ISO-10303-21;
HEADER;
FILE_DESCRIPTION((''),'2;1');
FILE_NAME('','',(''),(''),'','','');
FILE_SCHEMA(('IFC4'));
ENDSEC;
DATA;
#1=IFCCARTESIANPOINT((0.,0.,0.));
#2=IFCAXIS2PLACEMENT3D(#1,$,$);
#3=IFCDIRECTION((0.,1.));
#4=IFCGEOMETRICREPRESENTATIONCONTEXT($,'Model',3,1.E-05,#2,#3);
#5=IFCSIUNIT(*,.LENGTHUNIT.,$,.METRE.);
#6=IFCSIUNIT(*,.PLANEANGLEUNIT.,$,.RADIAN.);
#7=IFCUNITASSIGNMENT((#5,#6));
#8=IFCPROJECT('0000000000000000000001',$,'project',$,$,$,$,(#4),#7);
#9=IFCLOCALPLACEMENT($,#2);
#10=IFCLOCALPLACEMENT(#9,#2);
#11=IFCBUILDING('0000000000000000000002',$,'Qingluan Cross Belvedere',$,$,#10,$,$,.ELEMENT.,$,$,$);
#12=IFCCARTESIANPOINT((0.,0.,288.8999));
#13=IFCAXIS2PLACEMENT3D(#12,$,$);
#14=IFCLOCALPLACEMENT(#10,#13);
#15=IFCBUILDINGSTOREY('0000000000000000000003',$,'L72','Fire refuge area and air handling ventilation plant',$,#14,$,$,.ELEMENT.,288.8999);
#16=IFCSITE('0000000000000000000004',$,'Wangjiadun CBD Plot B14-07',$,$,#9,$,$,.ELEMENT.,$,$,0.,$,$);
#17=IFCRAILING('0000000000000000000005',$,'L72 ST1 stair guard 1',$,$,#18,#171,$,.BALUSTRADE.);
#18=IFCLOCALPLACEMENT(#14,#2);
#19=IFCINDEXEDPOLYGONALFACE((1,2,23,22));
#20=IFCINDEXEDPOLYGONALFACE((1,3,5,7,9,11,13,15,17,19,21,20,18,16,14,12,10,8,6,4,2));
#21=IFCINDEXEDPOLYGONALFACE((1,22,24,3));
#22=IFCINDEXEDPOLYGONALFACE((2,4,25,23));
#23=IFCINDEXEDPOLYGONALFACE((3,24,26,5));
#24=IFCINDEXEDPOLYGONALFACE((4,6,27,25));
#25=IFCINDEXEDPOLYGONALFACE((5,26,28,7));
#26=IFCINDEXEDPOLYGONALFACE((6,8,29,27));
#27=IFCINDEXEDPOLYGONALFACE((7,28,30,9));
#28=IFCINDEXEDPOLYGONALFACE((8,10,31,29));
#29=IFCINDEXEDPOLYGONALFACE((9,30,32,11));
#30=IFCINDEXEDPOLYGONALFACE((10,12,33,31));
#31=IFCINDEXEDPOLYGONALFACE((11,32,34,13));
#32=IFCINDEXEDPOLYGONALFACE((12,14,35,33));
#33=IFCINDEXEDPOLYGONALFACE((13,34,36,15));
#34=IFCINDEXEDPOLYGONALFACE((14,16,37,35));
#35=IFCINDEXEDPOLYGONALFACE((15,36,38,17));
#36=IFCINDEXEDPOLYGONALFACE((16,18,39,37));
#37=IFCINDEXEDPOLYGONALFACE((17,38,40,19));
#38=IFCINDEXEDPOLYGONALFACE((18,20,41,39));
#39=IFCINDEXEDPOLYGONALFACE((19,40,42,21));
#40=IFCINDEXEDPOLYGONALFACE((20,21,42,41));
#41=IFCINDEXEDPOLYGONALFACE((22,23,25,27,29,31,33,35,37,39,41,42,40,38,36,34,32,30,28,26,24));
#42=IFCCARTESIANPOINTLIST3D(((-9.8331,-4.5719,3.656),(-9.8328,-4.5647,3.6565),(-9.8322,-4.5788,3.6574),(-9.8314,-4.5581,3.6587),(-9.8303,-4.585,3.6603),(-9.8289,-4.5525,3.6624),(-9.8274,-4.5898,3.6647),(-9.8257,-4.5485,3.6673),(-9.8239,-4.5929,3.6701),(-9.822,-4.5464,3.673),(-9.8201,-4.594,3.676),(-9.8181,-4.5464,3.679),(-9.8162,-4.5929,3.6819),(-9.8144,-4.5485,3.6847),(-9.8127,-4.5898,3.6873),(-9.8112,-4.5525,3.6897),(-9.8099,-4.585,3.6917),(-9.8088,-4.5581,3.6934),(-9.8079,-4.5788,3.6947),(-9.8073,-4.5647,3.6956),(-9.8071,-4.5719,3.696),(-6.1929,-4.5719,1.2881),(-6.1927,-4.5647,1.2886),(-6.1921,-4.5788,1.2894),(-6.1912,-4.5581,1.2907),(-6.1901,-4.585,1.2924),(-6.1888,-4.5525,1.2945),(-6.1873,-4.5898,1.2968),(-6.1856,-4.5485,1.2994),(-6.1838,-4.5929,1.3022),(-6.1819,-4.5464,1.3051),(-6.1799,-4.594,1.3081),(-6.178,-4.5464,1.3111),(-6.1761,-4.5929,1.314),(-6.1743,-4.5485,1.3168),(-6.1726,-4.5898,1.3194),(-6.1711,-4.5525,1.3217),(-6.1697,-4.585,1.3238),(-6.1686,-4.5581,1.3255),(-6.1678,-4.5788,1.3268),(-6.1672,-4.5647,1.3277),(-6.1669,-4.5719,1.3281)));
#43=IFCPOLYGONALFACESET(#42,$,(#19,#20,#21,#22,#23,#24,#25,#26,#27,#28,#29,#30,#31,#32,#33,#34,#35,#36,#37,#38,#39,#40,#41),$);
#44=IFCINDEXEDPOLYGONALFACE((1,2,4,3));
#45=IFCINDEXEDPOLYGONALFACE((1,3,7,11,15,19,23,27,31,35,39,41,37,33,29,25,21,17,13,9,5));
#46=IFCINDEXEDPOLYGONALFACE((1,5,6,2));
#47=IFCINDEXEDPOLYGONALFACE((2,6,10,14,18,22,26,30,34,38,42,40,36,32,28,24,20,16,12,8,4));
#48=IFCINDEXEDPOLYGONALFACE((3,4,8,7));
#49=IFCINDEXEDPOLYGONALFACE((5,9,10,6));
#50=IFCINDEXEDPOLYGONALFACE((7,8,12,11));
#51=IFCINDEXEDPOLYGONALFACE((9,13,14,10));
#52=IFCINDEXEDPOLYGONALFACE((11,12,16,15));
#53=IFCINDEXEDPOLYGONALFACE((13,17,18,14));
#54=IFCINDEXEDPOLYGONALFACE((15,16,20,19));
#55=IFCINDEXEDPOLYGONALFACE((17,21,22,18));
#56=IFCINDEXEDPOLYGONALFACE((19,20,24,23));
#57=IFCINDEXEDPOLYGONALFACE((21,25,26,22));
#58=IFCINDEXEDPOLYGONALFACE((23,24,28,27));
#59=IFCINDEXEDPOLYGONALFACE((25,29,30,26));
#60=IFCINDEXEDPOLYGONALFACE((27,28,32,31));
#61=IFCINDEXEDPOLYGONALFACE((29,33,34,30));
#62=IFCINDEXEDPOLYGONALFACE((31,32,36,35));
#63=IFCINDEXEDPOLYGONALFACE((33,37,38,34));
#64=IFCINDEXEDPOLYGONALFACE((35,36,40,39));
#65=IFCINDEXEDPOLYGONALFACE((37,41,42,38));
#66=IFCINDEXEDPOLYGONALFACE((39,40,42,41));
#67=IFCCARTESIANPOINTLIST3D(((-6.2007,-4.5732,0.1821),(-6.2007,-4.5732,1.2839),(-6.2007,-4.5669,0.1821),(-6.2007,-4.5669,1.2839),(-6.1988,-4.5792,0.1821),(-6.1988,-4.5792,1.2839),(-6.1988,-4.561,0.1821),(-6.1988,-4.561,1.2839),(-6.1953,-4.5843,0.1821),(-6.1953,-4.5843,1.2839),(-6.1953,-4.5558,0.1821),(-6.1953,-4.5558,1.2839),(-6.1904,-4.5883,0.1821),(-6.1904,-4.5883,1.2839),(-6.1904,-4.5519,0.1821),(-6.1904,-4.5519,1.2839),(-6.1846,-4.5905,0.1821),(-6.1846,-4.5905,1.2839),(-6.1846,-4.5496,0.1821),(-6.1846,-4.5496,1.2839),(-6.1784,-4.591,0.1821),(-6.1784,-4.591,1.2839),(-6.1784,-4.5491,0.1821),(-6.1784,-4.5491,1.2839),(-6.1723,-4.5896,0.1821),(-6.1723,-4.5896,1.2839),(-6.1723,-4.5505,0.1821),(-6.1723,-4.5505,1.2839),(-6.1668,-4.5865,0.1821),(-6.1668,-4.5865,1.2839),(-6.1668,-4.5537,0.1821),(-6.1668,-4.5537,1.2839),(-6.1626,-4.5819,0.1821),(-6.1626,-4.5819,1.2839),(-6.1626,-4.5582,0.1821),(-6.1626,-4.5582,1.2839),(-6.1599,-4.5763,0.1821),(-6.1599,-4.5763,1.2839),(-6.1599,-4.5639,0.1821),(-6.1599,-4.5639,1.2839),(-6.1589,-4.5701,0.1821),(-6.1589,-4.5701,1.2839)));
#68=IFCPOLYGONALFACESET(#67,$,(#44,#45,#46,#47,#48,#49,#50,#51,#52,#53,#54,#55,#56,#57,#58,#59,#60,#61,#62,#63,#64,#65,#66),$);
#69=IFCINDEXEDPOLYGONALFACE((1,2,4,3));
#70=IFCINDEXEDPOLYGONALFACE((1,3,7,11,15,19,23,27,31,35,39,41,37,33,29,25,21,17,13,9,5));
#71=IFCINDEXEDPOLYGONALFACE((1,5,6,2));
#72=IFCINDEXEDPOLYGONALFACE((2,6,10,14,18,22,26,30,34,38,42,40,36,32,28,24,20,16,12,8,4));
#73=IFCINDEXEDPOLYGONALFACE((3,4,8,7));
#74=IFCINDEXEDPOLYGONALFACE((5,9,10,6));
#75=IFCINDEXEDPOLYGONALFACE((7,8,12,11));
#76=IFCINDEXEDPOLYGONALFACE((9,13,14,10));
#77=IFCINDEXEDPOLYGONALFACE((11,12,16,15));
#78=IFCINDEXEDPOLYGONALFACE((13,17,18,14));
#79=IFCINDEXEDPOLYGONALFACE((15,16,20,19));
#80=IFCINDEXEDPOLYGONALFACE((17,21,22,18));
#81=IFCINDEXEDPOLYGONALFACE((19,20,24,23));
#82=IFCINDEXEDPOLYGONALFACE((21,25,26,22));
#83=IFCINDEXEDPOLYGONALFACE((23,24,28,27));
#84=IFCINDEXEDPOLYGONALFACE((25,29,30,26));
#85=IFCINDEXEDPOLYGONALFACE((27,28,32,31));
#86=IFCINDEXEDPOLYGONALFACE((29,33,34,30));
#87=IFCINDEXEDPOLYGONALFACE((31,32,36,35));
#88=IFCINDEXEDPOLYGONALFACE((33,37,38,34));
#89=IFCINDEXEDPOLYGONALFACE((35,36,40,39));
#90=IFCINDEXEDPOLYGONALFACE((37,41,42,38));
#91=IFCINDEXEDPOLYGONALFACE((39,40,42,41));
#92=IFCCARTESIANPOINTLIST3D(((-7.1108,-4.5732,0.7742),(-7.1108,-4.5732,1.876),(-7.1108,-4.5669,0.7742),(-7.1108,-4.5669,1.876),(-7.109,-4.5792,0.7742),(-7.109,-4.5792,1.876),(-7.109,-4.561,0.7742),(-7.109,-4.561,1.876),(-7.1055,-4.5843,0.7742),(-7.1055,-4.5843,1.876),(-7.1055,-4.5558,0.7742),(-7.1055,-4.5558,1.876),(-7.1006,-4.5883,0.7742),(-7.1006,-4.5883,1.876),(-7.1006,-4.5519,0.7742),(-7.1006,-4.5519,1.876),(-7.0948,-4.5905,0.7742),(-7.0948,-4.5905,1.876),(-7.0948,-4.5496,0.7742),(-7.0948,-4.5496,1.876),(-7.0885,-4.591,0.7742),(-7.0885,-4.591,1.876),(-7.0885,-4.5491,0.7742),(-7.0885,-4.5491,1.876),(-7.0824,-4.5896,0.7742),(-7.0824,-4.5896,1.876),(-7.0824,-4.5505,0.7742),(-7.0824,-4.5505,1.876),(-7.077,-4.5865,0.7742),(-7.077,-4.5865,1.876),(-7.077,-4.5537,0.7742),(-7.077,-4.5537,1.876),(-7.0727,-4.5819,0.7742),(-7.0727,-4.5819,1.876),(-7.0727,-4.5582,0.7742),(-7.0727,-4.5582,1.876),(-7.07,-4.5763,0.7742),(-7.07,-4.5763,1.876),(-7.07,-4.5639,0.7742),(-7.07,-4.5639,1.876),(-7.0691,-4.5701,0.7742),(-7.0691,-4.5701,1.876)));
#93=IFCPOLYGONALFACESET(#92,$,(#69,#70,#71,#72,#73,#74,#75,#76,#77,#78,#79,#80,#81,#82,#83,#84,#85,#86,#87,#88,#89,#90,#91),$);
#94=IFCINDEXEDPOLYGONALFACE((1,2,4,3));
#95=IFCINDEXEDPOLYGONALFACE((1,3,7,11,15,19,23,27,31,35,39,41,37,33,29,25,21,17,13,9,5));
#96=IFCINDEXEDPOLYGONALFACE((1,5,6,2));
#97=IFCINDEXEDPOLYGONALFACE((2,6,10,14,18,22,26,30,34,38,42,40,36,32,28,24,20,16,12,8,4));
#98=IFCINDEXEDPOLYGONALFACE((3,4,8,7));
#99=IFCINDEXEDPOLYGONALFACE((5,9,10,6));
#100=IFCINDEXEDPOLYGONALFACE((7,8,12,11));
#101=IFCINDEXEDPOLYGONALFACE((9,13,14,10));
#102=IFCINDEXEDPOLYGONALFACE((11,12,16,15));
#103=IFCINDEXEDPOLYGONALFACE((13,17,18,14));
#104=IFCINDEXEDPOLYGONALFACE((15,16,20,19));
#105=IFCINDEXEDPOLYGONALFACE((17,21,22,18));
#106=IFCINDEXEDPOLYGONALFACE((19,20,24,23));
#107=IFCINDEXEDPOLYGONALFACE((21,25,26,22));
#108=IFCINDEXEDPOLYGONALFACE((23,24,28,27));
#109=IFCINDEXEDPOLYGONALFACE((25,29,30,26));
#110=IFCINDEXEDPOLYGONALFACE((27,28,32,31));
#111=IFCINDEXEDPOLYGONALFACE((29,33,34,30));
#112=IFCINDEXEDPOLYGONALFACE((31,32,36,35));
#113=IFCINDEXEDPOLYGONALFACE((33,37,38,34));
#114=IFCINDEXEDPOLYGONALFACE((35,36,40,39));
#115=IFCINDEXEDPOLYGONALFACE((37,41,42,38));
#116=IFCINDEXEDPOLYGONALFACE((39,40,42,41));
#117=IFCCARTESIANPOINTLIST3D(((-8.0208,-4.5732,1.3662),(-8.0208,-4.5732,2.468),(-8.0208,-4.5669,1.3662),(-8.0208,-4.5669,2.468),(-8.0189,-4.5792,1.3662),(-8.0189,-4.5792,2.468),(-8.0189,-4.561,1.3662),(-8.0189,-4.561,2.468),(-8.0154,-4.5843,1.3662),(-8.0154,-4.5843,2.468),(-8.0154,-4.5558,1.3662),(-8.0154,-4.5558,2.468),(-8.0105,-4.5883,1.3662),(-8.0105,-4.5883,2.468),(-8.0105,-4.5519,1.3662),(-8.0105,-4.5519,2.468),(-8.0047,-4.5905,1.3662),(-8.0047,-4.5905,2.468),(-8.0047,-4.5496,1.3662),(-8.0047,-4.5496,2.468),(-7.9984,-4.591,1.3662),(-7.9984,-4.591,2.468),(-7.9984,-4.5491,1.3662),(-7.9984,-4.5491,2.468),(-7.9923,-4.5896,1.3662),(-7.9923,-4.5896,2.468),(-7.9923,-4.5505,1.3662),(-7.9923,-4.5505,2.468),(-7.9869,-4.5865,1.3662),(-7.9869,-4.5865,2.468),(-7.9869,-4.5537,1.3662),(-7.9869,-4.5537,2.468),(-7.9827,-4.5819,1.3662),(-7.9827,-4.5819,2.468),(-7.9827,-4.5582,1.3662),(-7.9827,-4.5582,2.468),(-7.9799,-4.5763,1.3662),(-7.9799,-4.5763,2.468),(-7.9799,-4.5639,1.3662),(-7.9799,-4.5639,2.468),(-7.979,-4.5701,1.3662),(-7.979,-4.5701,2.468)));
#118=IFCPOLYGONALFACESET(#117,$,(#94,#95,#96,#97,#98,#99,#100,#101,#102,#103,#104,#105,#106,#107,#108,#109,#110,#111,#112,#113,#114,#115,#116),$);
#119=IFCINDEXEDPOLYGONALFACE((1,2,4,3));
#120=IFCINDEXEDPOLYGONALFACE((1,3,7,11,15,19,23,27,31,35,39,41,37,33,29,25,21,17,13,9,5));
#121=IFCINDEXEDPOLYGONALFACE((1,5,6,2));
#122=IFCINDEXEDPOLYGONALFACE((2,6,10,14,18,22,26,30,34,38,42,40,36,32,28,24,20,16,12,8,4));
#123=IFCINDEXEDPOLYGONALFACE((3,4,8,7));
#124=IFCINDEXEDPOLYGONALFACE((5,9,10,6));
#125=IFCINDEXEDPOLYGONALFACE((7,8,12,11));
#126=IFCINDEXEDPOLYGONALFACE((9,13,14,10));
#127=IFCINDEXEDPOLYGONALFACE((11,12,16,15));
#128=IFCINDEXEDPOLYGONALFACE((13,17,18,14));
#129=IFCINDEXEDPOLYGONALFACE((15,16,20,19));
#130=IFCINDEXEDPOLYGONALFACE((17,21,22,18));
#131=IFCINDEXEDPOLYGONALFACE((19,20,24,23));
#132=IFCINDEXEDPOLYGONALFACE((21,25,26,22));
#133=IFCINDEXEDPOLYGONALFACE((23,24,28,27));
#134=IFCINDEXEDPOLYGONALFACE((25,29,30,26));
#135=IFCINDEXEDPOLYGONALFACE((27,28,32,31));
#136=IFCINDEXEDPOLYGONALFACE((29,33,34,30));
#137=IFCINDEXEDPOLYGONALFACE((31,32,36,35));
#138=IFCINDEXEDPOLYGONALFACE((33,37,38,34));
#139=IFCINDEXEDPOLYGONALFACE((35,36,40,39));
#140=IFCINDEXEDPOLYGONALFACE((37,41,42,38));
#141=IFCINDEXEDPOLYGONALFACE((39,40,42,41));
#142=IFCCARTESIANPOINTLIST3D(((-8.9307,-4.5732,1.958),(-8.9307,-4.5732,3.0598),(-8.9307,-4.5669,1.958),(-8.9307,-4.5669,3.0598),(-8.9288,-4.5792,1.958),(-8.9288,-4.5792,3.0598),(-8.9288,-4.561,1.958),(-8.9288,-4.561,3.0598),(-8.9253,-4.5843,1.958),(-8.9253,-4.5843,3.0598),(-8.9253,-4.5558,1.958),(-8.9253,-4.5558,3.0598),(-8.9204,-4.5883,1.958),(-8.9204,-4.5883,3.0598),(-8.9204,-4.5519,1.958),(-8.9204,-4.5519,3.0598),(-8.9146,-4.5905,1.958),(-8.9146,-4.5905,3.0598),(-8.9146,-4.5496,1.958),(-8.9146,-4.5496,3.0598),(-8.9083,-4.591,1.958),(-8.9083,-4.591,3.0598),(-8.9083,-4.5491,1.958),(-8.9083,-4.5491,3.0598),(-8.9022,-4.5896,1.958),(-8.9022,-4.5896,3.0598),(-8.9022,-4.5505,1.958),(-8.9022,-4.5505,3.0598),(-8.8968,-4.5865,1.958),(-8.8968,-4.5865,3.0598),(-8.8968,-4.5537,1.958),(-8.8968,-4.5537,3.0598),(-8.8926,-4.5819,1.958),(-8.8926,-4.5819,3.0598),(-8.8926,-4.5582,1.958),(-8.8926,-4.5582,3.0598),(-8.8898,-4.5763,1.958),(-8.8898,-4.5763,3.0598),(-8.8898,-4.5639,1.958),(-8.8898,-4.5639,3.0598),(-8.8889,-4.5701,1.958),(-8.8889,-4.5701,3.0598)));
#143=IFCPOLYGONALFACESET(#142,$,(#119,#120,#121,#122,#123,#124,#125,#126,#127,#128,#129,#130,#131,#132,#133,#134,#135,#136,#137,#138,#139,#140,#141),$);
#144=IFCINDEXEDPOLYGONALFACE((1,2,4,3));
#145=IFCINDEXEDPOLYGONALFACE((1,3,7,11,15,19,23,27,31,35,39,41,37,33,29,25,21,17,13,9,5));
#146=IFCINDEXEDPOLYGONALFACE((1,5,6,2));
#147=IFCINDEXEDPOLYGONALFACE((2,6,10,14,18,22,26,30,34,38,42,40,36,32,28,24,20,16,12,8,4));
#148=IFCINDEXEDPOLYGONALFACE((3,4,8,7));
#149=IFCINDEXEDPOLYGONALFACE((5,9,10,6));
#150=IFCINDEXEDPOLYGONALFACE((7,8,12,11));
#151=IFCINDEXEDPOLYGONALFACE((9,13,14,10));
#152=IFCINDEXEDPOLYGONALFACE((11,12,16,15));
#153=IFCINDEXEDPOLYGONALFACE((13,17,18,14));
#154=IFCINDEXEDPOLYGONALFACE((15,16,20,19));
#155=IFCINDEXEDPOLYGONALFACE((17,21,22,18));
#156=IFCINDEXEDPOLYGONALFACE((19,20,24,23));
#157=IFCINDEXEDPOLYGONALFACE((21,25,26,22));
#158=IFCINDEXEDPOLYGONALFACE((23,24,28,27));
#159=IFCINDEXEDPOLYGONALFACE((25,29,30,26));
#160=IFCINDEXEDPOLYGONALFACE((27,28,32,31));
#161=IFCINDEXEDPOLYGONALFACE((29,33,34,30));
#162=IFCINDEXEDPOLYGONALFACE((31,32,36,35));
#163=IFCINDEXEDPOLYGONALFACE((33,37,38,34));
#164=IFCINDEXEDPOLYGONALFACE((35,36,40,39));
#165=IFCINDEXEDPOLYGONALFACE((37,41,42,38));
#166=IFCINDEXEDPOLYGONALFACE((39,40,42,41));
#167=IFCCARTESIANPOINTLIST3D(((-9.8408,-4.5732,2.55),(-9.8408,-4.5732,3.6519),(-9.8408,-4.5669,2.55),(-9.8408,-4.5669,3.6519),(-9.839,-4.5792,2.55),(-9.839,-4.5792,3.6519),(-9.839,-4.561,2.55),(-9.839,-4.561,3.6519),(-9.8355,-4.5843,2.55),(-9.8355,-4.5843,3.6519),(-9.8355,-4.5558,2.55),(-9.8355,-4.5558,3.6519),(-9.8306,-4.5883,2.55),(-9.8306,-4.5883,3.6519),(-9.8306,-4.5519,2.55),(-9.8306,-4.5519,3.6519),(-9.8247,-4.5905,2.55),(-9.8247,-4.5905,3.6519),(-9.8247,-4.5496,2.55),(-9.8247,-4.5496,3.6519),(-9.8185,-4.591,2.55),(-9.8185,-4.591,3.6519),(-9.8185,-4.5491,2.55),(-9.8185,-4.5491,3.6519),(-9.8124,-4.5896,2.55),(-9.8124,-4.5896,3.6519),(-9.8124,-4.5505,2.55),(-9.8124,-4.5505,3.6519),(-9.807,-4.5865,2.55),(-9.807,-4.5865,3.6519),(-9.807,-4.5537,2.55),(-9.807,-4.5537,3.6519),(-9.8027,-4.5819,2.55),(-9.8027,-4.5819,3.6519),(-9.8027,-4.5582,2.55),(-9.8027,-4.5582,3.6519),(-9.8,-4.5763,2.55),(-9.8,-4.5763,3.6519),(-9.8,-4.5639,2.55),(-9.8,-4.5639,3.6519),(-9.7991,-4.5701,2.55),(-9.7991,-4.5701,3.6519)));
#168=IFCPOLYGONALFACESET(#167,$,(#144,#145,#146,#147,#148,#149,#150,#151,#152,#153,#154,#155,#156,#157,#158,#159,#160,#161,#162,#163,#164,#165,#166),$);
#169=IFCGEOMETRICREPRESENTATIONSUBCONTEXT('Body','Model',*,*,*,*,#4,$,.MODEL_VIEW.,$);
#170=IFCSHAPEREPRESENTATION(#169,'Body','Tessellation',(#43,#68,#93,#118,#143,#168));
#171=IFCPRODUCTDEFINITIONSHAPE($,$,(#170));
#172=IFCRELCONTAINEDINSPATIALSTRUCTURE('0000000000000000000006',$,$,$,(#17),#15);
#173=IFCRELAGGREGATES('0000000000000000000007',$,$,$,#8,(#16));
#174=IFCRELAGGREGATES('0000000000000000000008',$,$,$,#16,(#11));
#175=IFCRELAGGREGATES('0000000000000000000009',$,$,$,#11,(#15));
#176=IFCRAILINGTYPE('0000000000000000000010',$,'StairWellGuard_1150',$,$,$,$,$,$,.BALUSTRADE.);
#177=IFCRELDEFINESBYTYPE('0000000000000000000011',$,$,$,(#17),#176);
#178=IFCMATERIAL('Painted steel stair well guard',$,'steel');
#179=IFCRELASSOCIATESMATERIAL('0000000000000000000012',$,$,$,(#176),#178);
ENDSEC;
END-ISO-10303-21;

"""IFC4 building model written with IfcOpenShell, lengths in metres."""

from ifc_helpers import new_model, si_unit, direction, frame, origin, origin_2d, place, context, subcontext, project, spatial, circle, extrude, material, type_object, element, save


model = new_model("IFC4")

# Units and contexts
model_context = context("Model", 3, precision=1e-05, world=origin(), true_north=direction((0.0, 1.0)))
body_context = subcontext(model_context, "Body", "Model", "MODEL_VIEW")
ifc_project = project(units=[si_unit("LENGTHUNIT", "METRE"), si_unit("PLANEANGLEUNIT", "RADIAN")], contexts=[model_context])

# Site, building, storey
site_placement = place(None, origin())
site = spatial("IfcSite", under=ifc_project, at=site_placement, Name="Wangjiadun CBD Plot B14-07", CompositionType="ELEMENT", RefElevation=0.0)
building_placement = place(site_placement, origin())
building = spatial("IfcBuilding", under=site, at=building_placement, Name="Qingluan Cross Belvedere", CompositionType="ELEMENT")
storey_placement = place(building_placement, frame((0.0, 0.0, 288.8999)))
storey = spatial("IfcBuildingStorey", under=building, at=storey_placement, Name="L72", Description="Fire refuge area and air handling ventilation plant", CompositionType="ELEMENT", Elevation=288.8999)

# Railing
ifc_material_1 = material(Name="Painted steel stair well guard", Category="steel")
railing_type_1 = type_object("IfcRailingType", Name="StairWellGuard_1150", PredefinedType="BALUSTRADE", material=ifc_material_1)
railing_1_placement = place(storey_placement, frame((-6.1799, -4.5701, 0.1821)))
element("IfcRailing", 1, at=railing_1_placement, inside=storey, type_object=railing_type_1, Name="L72 ST1 stair guard 1", PredefinedType="BALUSTRADE", context=body_context, shape_type="SweptSolid", body=[
    extrude(circle(Radius=0.0239, at=origin_2d()), frame((0.0, 0.0, 1.126), z_axis=(-0.838251, 0.0, 0.545285), x_axis=(0.0, -1.0, 0.0)), (0.0, 0.0, 1.0), 4.3425),
    extrude(circle(Radius=0.021, at=origin_2d()), origin(), (0.0, 0.0, 1.0), 1.1018),
    extrude(circle(Radius=0.021, at=origin_2d()), frame((-0.9102, 0.0, 0.592)), (0.0, 0.0, 1.0), 1.1018),
    extrude(circle(Radius=0.021, at=origin_2d()), frame((-1.8201, 0.0, 1.1841)), (0.0, 0.0, 1.0), 1.1018),
    extrude(circle(Radius=0.021, at=origin_2d()), frame((-2.73, 0.0, 1.7759)), (0.0, 0.0, 1.0), 1.1018),
    extrude(circle(Radius=0.021, at=origin_2d()), frame((-3.6401, 0.0, 2.3679)), (0.0, 0.0, 1.0), 1.1018),
])

save(model, "model.ifc")
